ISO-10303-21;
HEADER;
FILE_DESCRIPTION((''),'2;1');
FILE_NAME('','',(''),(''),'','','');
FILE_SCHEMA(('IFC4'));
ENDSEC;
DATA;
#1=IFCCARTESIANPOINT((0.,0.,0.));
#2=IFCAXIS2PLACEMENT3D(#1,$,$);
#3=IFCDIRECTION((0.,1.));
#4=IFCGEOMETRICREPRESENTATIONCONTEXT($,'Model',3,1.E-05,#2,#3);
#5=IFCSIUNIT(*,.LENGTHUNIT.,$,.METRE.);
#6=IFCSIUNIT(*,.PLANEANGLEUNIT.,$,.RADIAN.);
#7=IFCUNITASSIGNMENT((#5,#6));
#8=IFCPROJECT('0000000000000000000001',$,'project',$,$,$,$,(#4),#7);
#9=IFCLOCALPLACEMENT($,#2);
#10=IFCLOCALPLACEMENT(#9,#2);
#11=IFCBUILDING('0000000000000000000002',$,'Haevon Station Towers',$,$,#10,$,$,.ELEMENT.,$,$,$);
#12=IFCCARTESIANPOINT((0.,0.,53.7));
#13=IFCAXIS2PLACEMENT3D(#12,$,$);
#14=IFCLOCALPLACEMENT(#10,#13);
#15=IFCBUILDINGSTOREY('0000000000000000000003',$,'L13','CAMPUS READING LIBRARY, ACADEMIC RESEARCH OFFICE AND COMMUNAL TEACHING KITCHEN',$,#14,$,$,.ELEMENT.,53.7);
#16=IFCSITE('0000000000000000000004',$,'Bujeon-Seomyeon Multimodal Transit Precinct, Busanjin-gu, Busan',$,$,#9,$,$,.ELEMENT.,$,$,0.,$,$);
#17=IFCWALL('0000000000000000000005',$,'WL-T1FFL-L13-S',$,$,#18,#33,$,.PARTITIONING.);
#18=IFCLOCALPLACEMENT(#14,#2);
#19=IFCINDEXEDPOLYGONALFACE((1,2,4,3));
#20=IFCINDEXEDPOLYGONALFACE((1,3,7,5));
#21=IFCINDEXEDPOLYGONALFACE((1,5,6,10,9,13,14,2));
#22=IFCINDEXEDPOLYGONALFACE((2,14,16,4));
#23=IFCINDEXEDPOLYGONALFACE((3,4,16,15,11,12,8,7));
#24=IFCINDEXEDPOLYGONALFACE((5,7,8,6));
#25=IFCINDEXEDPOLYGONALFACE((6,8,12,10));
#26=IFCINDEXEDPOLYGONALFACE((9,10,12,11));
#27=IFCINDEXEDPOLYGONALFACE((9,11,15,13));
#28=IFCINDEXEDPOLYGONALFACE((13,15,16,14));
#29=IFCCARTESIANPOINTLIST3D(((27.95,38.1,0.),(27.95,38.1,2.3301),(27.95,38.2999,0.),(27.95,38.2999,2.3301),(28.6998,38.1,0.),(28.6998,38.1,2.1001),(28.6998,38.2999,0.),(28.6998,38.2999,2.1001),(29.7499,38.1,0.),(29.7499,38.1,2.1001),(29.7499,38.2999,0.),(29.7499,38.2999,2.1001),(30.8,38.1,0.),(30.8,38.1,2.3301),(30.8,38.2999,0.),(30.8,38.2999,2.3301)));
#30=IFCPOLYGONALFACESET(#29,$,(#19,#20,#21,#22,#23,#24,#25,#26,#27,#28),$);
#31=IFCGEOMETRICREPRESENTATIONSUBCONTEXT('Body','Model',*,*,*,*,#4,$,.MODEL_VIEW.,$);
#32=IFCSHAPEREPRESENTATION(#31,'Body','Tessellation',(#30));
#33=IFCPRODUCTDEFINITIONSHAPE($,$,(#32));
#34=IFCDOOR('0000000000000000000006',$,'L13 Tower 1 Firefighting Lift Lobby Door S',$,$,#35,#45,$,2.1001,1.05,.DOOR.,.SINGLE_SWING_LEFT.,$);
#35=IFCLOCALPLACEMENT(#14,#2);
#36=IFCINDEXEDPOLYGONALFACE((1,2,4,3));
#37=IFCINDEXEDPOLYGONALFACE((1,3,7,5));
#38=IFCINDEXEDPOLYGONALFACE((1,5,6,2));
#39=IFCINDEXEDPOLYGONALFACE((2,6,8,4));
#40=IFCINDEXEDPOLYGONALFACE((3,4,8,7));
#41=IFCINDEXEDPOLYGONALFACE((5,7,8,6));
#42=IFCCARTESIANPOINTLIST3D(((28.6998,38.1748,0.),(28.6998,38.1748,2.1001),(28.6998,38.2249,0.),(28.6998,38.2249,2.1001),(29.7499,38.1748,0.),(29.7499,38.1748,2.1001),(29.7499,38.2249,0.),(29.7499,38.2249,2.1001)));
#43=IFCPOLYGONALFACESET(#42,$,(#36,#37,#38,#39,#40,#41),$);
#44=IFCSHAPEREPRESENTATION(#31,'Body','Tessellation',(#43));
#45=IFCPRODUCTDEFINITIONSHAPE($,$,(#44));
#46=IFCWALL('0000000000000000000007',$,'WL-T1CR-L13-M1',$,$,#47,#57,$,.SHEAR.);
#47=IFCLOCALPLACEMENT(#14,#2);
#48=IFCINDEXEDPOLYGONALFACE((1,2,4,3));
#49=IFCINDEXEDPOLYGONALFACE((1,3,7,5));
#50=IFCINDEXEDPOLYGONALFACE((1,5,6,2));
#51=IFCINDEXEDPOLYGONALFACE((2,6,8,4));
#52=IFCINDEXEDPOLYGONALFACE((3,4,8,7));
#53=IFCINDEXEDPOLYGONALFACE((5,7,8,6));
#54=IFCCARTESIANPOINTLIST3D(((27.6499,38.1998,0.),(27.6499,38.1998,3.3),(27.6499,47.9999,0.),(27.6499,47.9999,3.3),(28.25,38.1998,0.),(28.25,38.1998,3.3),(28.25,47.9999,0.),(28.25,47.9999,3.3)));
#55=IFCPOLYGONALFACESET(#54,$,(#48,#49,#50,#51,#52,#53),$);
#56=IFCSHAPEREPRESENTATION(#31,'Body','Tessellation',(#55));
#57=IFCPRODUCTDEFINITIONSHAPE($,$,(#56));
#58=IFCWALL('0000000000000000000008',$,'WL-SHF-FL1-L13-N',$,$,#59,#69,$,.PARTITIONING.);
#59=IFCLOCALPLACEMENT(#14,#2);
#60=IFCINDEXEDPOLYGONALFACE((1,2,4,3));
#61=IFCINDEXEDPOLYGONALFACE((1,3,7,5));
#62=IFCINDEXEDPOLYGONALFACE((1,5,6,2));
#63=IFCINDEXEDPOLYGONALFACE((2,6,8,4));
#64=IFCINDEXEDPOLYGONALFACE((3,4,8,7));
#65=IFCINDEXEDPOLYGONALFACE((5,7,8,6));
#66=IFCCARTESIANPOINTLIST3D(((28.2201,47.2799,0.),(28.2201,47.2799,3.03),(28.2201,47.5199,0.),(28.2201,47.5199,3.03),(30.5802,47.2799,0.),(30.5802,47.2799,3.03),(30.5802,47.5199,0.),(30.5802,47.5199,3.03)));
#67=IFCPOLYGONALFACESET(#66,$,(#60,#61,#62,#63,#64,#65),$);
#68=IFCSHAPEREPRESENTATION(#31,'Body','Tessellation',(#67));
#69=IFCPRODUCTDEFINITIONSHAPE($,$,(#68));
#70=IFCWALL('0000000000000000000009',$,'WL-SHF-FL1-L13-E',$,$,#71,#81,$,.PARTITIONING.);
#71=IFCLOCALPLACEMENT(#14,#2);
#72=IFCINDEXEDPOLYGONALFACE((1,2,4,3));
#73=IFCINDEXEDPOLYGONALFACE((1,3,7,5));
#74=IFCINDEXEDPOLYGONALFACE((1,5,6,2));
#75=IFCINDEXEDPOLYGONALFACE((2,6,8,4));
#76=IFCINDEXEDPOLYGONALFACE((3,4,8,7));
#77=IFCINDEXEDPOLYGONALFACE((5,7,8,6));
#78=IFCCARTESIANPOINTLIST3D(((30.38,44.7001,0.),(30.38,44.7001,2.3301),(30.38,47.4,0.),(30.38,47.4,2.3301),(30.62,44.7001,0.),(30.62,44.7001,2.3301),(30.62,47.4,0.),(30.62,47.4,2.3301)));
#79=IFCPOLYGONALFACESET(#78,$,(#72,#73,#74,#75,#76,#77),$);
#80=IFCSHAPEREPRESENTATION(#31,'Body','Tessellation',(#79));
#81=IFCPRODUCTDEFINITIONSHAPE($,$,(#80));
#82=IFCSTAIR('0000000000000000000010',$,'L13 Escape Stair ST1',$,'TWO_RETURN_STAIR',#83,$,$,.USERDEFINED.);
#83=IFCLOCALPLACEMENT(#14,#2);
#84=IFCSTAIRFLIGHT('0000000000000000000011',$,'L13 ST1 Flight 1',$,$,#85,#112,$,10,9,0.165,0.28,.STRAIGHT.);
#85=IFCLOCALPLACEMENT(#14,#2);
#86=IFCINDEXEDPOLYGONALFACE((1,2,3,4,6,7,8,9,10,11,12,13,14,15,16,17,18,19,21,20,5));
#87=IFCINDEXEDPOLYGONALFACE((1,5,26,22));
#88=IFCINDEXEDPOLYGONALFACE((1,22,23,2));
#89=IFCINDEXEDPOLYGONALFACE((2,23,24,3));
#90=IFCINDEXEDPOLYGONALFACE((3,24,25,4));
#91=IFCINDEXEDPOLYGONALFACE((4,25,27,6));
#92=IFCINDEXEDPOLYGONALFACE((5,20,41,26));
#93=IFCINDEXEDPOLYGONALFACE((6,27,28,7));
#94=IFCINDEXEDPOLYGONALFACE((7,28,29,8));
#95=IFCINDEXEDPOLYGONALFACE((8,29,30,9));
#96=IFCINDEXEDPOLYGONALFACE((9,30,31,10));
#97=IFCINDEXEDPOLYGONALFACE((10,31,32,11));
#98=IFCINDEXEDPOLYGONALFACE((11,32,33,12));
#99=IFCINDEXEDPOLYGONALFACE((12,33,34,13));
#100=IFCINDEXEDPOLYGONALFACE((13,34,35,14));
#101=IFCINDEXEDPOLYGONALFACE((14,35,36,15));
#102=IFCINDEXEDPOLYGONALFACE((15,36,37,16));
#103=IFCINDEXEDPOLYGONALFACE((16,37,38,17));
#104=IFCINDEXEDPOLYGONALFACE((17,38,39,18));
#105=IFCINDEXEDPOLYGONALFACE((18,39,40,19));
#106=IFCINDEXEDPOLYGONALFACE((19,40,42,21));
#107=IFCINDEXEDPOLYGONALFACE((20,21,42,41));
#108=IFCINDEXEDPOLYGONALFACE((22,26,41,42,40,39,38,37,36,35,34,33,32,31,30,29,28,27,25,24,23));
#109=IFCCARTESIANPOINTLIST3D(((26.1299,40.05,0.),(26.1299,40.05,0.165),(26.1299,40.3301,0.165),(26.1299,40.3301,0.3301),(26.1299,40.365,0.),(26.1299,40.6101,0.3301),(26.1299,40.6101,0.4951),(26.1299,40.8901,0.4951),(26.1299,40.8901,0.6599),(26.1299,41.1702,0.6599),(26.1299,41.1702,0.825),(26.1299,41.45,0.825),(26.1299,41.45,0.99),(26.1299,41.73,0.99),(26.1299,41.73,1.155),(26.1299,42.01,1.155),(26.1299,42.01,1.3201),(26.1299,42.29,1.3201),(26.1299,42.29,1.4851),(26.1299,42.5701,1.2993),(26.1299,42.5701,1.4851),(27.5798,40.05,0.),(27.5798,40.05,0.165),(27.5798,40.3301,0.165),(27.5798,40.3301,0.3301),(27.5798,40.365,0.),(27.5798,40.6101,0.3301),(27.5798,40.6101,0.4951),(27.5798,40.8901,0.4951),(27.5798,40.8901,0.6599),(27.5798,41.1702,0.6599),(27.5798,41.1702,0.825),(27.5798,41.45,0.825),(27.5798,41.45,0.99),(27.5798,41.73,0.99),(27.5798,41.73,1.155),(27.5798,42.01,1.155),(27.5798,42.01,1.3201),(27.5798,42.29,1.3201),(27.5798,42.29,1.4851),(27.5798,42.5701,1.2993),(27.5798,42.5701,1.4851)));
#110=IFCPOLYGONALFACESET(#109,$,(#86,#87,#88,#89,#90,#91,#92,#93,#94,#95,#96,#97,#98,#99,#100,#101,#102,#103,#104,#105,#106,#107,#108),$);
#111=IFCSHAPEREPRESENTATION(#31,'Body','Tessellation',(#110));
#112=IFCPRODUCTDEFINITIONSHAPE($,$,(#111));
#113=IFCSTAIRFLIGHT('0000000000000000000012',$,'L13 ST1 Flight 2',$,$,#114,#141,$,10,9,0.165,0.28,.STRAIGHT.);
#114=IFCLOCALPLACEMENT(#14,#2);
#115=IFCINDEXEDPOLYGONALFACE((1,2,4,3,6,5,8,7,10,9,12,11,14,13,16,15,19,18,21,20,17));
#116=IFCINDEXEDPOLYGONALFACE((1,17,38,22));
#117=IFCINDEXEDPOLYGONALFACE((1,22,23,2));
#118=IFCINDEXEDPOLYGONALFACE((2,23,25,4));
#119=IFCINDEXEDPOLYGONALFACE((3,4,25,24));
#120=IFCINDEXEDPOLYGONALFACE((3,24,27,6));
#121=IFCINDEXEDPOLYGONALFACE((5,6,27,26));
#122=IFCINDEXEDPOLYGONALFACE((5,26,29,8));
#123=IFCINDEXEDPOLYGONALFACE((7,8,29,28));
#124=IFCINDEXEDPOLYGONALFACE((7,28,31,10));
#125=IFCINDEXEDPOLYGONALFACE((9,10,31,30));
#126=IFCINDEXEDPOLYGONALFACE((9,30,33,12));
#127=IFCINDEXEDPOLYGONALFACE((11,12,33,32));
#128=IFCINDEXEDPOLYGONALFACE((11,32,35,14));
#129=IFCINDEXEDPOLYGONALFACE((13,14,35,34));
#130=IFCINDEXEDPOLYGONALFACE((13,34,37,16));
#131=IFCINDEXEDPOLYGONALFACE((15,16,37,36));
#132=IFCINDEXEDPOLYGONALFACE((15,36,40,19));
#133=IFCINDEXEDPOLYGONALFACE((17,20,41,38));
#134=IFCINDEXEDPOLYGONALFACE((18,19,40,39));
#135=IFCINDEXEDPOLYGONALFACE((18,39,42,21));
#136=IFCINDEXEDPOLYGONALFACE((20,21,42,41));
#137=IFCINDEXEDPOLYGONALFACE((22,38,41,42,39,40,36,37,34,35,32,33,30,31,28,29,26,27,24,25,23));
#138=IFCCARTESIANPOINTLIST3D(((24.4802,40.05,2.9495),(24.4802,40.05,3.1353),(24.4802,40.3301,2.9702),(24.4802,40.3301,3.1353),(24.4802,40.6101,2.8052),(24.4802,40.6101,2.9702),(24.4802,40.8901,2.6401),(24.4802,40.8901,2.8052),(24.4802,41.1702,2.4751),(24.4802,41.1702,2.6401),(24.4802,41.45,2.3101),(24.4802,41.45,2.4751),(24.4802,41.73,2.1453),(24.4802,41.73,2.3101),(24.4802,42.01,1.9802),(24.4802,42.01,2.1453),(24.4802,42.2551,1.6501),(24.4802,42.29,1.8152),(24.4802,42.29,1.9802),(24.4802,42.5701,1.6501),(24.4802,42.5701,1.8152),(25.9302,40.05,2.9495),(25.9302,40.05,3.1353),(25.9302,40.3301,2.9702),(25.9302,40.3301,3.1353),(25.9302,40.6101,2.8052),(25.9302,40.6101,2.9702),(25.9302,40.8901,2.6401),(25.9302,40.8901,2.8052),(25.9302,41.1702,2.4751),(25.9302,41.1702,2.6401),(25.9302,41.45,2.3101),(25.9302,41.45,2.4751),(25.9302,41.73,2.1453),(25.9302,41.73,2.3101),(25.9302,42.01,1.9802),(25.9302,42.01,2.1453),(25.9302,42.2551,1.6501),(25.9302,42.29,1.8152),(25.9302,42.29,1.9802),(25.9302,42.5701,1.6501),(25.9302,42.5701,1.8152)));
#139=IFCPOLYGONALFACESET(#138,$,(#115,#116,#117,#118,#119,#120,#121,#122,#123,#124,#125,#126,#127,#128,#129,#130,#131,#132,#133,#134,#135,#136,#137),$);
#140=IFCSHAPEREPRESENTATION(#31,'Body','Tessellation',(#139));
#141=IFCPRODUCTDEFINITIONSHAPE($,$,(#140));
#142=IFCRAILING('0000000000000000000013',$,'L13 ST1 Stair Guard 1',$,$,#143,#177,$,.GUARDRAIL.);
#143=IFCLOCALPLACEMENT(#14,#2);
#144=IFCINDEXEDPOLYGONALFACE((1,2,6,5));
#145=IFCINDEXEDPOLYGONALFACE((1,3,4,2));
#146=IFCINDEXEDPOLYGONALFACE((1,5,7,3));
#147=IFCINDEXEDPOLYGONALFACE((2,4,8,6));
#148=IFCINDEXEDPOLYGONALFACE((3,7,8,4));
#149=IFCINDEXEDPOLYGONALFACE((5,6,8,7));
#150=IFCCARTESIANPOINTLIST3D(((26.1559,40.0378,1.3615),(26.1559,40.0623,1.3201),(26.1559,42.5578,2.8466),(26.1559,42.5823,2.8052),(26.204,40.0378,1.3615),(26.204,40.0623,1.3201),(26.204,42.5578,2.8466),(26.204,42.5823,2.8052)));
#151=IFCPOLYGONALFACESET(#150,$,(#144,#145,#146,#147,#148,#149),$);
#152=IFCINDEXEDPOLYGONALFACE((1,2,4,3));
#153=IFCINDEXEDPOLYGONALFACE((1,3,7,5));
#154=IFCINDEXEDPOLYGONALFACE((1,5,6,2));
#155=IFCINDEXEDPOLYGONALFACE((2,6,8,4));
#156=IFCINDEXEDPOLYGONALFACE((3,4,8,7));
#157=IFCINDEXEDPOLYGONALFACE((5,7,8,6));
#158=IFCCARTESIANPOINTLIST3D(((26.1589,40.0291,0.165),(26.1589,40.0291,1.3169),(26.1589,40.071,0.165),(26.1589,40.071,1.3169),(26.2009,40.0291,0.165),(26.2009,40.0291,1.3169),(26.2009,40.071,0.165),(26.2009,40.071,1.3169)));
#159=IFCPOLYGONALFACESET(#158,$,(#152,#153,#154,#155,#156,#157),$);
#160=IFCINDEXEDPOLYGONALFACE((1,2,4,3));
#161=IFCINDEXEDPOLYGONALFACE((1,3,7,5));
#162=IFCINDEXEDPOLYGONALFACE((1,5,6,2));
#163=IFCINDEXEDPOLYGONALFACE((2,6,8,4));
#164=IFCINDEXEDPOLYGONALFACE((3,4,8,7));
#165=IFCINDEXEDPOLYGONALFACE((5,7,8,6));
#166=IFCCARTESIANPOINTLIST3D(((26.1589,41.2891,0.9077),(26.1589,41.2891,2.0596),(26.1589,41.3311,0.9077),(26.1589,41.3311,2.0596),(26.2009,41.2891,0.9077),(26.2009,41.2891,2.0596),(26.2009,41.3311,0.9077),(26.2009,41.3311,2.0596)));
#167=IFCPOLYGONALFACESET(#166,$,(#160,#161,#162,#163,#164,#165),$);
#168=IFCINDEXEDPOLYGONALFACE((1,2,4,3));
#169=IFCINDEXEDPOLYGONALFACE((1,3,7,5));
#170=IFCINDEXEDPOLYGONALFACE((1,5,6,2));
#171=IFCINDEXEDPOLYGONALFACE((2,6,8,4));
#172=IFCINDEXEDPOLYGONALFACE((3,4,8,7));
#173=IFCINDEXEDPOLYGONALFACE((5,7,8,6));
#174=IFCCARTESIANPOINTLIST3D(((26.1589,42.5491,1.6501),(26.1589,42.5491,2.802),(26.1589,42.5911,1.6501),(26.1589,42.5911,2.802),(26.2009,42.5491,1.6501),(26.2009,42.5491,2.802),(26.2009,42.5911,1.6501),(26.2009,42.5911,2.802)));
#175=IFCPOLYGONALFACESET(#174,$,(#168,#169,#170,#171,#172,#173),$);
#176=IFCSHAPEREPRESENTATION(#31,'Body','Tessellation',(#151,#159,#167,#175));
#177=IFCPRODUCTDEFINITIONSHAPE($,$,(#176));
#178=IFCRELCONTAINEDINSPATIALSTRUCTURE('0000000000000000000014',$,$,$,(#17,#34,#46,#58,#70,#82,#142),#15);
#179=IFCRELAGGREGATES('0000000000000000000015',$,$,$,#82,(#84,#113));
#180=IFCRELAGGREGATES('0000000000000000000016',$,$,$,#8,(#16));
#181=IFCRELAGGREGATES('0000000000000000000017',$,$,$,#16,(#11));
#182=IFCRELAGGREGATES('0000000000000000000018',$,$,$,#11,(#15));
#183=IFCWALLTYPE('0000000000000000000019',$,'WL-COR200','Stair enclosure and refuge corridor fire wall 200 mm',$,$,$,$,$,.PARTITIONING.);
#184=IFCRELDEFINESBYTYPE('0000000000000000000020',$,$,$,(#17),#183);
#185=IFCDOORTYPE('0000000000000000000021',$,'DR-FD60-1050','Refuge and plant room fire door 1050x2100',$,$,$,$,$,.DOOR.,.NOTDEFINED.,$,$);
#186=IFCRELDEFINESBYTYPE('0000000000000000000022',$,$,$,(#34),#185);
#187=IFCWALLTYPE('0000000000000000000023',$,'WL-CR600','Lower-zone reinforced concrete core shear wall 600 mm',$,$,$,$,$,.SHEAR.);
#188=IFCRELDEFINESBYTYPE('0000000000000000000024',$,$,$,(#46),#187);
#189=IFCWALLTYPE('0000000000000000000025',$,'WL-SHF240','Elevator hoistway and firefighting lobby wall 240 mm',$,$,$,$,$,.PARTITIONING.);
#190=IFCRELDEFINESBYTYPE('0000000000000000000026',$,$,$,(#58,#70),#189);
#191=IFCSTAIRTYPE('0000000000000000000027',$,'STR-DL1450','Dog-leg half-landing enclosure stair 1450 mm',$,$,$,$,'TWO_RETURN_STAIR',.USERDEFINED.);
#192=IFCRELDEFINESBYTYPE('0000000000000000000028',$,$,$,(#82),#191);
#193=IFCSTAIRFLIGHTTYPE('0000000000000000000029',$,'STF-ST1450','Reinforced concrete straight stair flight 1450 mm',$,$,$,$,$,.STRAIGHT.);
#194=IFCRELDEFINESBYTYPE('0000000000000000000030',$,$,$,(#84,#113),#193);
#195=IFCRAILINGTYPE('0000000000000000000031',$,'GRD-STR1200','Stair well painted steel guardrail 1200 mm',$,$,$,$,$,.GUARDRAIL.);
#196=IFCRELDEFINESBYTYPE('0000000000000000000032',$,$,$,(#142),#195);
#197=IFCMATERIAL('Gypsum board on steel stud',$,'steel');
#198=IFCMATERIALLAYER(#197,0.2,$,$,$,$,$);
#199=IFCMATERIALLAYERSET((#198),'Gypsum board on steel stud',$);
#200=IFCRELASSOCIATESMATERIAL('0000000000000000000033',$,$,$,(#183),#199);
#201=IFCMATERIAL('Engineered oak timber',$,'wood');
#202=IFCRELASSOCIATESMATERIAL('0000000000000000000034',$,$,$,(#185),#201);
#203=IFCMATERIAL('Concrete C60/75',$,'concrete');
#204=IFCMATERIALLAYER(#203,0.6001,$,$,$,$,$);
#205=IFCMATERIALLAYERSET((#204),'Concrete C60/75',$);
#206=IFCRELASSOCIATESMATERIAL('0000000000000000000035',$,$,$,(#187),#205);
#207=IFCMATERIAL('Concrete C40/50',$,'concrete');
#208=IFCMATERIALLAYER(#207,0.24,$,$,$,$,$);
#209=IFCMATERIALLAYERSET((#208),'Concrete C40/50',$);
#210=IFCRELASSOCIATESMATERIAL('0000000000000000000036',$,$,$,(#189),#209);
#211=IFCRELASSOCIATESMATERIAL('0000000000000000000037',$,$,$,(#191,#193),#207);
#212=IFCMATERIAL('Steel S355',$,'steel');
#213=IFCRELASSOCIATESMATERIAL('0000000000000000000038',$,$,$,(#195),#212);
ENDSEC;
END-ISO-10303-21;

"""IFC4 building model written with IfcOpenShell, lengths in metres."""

from ifc_helpers import new_model, si_unit, direction, frame, frame_2d, origin, origin_2d, place, context, subcontext, project, spatial, polyline, rectangle, outline, extrude, material, layer, layer_set, type_object, element, fill, aggregate, save


model = new_model("IFC4")

# Units and contexts
model_context = context("Model", 3, precision=1e-05, world=origin(), true_north=direction((0.0, 1.0)))
body_context = subcontext(model_context, "Body", "Model", "MODEL_VIEW")
ifc_project = project(units=[si_unit("LENGTHUNIT", "METRE"), si_unit("PLANEANGLEUNIT", "RADIAN")], contexts=[model_context])

# Site, building, storey
site_placement = place(None, origin())
site = spatial("IfcSite", under=ifc_project, at=site_placement, Name="Bujeon-Seomyeon Multimodal Transit Precinct, Busanjin-gu, Busan", CompositionType="ELEMENT", RefElevation=0.0)
building_placement = place(site_placement, origin())
building = spatial("IfcBuilding", under=site, at=building_placement, Name="Haevon Station Towers", CompositionType="ELEMENT")
storey_placement = place(building_placement, frame((0.0, 0.0, 53.7)))
storey = spatial("IfcBuildingStorey", under=building, at=storey_placement, Name="L13", Description="CAMPUS READING LIBRARY, ACADEMIC RESEARCH OFFICE AND COMMUNAL TEACHING KITCHEN", CompositionType="ELEMENT", Elevation=53.7)

# Shared definitions
ifc_material_1 = material(Name="Steel S355", Category="steel")

# Wall, opening, door
ifc_material_2 = material(Name="Gypsum board on steel stud", Category="steel")
ifc_layer_1 = layer(ifc_material_2, 0.2)
ifc_layer_set_1 = layer_set([ifc_layer_1], Name="Gypsum board on steel stud")
wall_type_1 = type_object("IfcWallType", Name="WL-COR200", Description="Stair enclosure and refuge corridor fire wall 200 mm", PredefinedType="PARTITIONING", material=ifc_layer_set_1)
ifc_material_3 = material(Name="Engineered oak timber", Category="wood")
door_type_1 = type_object("IfcDoorType", Name="DR-FD60-1050", Description="Refuge and plant room fire door 1050x2100", OperationType="NOTDEFINED", PredefinedType="DOOR", material=ifc_material_3)
wall_1_placement = place(storey_placement, frame((27.95, 38.2, 0.0), z_axis=(0.0, 0.0, 1.0), x_axis=(1.0, 0.0, 0.0)))
wall_1 = element("IfcWall", 1, at=wall_1_placement, inside=storey, type_object=wall_type_1, Name="WL-T1FFL-L13-S", PredefinedType="PARTITIONING", context=body_context, shape_type="SweptSolid", body=[
    extrude(rectangle(XDim=2.8501, YDim=0.2, at=frame_2d((1.425, 0.0))), origin(), (0.0, 0.0, 1.0), 2.3301),
])
opening_1_placement = place(wall_1_placement, frame((0.75, 0.0, 0.0)))
opening_1 = element("IfcOpeningElement", 2, at=opening_1_placement, cuts=wall_1, PredefinedType="OPENING", context=body_context, shape_type="SweptSolid", body=[
    extrude(rectangle(XDim=1.05, YDim=2.1001, at=frame_2d((0.5249, 1.05))), frame((0.0, 0.1099, 0.0), z_axis=(0.0, -1.0, 0.0), x_axis=(1.0, 0.0, 0.0)), (0.0, 0.0, 1.0), 0.22),
])
door_1_placement = place(opening_1_placement, origin())
door_1 = element("IfcDoor", 3, at=door_1_placement, inside=storey, type_object=door_type_1, Name="L13 Tower 1 Firefighting Lift Lobby Door S", OperationType="SINGLE_SWING_LEFT", OverallHeight=2.1001, OverallWidth=1.05, PredefinedType="DOOR", context=body_context, shape_type="SweptSolid", body=[
    extrude(rectangle(XDim=1.05, YDim=2.1001, at=frame_2d((0.5249, 1.05))), frame((0.0, 0.0249, 0.0), z_axis=(0.0, -1.0, 0.0), x_axis=(1.0, 0.0, 0.0)), (0.0, 0.0, 1.0), 0.05),
])
fill(opening_1, door_1)

# Wall
ifc_material_4 = material(Name="Concrete C60/75", Category="concrete")
ifc_layer_2 = layer(ifc_material_4, 0.6001)
ifc_layer_set_2 = layer_set([ifc_layer_2], Name="Concrete C60/75")
wall_type_2 = type_object("IfcWallType", Name="WL-CR600", Description="Lower-zone reinforced concrete core shear wall 600 mm", PredefinedType="SHEAR", material=ifc_layer_set_2)
wall_2_placement = place(storey_placement, frame((27.95, 38.2, 0.0), z_axis=(0.0, 0.0, 1.0), x_axis=(0.0, 1.0, 0.0)))
element("IfcWall", 4, at=wall_2_placement, inside=storey, type_object=wall_type_2, Name="WL-T1CR-L13-M1", PredefinedType="SHEAR", context=body_context, shape_type="SweptSolid", body=[
    extrude(rectangle(XDim=9.8, YDim=0.6001, at=frame_2d((4.8999, 0.0))), origin(), (0.0, 0.0, 1.0), 3.3),
])

# Shared definitions
ifc_material_5 = material(Name="Concrete C40/50", Category="concrete")
ifc_layer_3 = layer(ifc_material_5, 0.24)
ifc_layer_set_3 = layer_set([ifc_layer_3], Name="Concrete C40/50")
wall_type_3 = type_object("IfcWallType", Name="WL-SHF240", Description="Elevator hoistway and firefighting lobby wall 240 mm", PredefinedType="PARTITIONING", material=ifc_layer_set_3)

# Walls
wall_3_placement = place(storey_placement, frame((28.22, 47.3999, 0.0), z_axis=(0.0, 0.0, 1.0), x_axis=(1.0, 0.0, 0.0)))
element("IfcWall", 5, at=wall_3_placement, inside=storey, type_object=wall_type_3, Name="WL-SHF-FL1-L13-N", PredefinedType="PARTITIONING", context=body_context, shape_type="SweptSolid", body=[
    extrude(rectangle(XDim=2.3601, YDim=0.24, at=frame_2d((1.1802, 0.0))), origin(), (0.0, 0.0, 1.0), 3.03),
])
wall_4_placement = place(storey_placement, frame((30.5, 44.7, 0.0), z_axis=(0.0, 0.0, 1.0), x_axis=(0.0, 1.0, 0.0)))
element("IfcWall", 6, at=wall_4_placement, inside=storey, type_object=wall_type_3, Name="WL-SHF-FL1-L13-E", PredefinedType="PARTITIONING", context=body_context, shape_type="SweptSolid", body=[
    extrude(rectangle(XDim=2.7, YDim=0.24, at=frame_2d((1.3501, 0.0))), origin(), (0.0, 0.0, 1.0), 2.3301),
])

# Stair, stair flights
stair_type = type_object("IfcStairType", Name="STR-DL1450", Description="Dog-leg half-landing enclosure stair 1450 mm", ElementType="TWO_RETURN_STAIR", PredefinedType="USERDEFINED", material=ifc_material_5)
stair_placement = place(storey_placement, origin())
stair = element("IfcStair", 7, at=stair_placement, inside=storey, type_object=stair_type, Name="L13 Escape Stair ST1", ObjectType="TWO_RETURN_STAIR", PredefinedType="USERDEFINED")
stair_flight_type = type_object("IfcStairFlightType", Name="STF-ST1450", Description="Reinforced concrete straight stair flight 1450 mm", PredefinedType="STRAIGHT", material=ifc_material_5)
stair_flight_1_placement = place(storey_placement, frame((26.855, 40.05, 0.0), z_axis=(0.0, 0.0, 1.0), x_axis=(0.0, 1.0, 0.0)))
stair_flight_1 = element("IfcStairFlight", 8, at=stair_flight_1_placement, type_object=stair_flight_type, Name="L13 ST1 Flight 1", NumberOfRisers=10, NumberOfTreads=9, PredefinedType="STRAIGHT", RiserHeight=0.165, TreadLength=0.28, context=body_context, shape_type="SweptSolid", body=[
    extrude(outline(polyline([(0.0, 0.0), (0.0, 0.165), (0.28, 0.165), (0.28, 0.3301), (0.5601, 0.3301), (0.5601, 0.4951), (0.8401, 0.4951), (0.8401, 0.6599), (1.1201, 0.6599), (1.1201, 0.825), (1.3999, 0.825), (1.3999, 0.99), (1.6799, 0.99), (1.6799, 1.155), (1.96, 1.155), (1.96, 1.3201), (2.24, 1.3201), (2.24, 1.4851), (2.52, 1.4851), (2.52, 1.6499), (2.52, 1.2993), (0.3149, 0.0), (0.0, 0.0)])), frame((0.0, 0.7251, 0.0), z_axis=(0.0, -1.0, 0.0), x_axis=(1.0, 0.0, 0.0)), (0.0, 0.0, 1.0), 1.45),
])
stair_flight_2_placement = place(storey_placement, frame((25.2051, 42.5701, 1.6501), z_axis=(0.0, 0.0, 1.0), x_axis=(0.0, -1.0, 0.0)))
stair_flight_2 = element("IfcStairFlight", 9, at=stair_flight_2_placement, type_object=stair_flight_type, Name="L13 ST1 Flight 2", NumberOfRisers=10, NumberOfTreads=9, PredefinedType="STRAIGHT", RiserHeight=0.165, TreadLength=0.28, context=body_context, shape_type="SweptSolid", body=[
    extrude(outline(polyline([(0.0, 0.0), (0.0, 0.165), (0.28, 0.165), (0.28, 0.3301), (0.5601, 0.3301), (0.5601, 0.4951), (0.8401, 0.4951), (0.8401, 0.6599), (1.1201, 0.6599), (1.1201, 0.825), (1.3999, 0.825), (1.3999, 0.99), (1.6799, 0.99), (1.6799, 1.155), (1.96, 1.155), (1.96, 1.3201), (2.24, 1.3201), (2.24, 1.4851), (2.52, 1.4851), (2.52, 1.6499), (2.52, 1.2993), (0.3149, 0.0), (0.0, 0.0)])), frame((0.0, 0.7251, 0.0), z_axis=(0.0, -1.0, 0.0), x_axis=(1.0, 0.0, 0.0)), (0.0, 0.0, 1.0), 1.45),
])
aggregate(stair, [stair_flight_1, stair_flight_2])

# Railing
railing_type_1 = type_object("IfcRailingType", Name="GRD-STR1200", Description="Stair well painted steel guardrail 1200 mm", PredefinedType="GUARDRAIL", material=ifc_material_1)
railing_1_placement = place(storey_placement, frame((26.1799, 40.05, 0.165)))
element("IfcRailing", 10, at=railing_1_placement, inside=storey, type_object=railing_type_1, Name="L13 ST1 Stair Guard 1", PredefinedType="GUARDRAIL", context=body_context, shape_type="SweptSolid", body=[
    extrude(rectangle(XDim=0.0481, YDim=0.0481, at=origin_2d()), frame((0.0, 0.0, 1.1758), z_axis=(0.0, 0.861524, 0.507717), x_axis=(-1.0, 0.0, 0.0)), (0.0, 0.0, 1.0), 2.925),
    extrude(rectangle(XDim=0.042, YDim=0.042, at=origin_2d()), origin(), (0.0, 0.0, 1.0), 1.1519),
    extrude(rectangle(XDim=0.042, YDim=0.042, at=origin_2d()), frame((0.0, 1.26, 0.7427)), (0.0, 0.0, 1.0), 1.1519),
    extrude(rectangle(XDim=0.042, YDim=0.042, at=origin_2d()), frame((0.0, 2.52, 1.4851)), (0.0, 0.0, 1.0), 1.1519),
])

save(model, "model.ifc")
